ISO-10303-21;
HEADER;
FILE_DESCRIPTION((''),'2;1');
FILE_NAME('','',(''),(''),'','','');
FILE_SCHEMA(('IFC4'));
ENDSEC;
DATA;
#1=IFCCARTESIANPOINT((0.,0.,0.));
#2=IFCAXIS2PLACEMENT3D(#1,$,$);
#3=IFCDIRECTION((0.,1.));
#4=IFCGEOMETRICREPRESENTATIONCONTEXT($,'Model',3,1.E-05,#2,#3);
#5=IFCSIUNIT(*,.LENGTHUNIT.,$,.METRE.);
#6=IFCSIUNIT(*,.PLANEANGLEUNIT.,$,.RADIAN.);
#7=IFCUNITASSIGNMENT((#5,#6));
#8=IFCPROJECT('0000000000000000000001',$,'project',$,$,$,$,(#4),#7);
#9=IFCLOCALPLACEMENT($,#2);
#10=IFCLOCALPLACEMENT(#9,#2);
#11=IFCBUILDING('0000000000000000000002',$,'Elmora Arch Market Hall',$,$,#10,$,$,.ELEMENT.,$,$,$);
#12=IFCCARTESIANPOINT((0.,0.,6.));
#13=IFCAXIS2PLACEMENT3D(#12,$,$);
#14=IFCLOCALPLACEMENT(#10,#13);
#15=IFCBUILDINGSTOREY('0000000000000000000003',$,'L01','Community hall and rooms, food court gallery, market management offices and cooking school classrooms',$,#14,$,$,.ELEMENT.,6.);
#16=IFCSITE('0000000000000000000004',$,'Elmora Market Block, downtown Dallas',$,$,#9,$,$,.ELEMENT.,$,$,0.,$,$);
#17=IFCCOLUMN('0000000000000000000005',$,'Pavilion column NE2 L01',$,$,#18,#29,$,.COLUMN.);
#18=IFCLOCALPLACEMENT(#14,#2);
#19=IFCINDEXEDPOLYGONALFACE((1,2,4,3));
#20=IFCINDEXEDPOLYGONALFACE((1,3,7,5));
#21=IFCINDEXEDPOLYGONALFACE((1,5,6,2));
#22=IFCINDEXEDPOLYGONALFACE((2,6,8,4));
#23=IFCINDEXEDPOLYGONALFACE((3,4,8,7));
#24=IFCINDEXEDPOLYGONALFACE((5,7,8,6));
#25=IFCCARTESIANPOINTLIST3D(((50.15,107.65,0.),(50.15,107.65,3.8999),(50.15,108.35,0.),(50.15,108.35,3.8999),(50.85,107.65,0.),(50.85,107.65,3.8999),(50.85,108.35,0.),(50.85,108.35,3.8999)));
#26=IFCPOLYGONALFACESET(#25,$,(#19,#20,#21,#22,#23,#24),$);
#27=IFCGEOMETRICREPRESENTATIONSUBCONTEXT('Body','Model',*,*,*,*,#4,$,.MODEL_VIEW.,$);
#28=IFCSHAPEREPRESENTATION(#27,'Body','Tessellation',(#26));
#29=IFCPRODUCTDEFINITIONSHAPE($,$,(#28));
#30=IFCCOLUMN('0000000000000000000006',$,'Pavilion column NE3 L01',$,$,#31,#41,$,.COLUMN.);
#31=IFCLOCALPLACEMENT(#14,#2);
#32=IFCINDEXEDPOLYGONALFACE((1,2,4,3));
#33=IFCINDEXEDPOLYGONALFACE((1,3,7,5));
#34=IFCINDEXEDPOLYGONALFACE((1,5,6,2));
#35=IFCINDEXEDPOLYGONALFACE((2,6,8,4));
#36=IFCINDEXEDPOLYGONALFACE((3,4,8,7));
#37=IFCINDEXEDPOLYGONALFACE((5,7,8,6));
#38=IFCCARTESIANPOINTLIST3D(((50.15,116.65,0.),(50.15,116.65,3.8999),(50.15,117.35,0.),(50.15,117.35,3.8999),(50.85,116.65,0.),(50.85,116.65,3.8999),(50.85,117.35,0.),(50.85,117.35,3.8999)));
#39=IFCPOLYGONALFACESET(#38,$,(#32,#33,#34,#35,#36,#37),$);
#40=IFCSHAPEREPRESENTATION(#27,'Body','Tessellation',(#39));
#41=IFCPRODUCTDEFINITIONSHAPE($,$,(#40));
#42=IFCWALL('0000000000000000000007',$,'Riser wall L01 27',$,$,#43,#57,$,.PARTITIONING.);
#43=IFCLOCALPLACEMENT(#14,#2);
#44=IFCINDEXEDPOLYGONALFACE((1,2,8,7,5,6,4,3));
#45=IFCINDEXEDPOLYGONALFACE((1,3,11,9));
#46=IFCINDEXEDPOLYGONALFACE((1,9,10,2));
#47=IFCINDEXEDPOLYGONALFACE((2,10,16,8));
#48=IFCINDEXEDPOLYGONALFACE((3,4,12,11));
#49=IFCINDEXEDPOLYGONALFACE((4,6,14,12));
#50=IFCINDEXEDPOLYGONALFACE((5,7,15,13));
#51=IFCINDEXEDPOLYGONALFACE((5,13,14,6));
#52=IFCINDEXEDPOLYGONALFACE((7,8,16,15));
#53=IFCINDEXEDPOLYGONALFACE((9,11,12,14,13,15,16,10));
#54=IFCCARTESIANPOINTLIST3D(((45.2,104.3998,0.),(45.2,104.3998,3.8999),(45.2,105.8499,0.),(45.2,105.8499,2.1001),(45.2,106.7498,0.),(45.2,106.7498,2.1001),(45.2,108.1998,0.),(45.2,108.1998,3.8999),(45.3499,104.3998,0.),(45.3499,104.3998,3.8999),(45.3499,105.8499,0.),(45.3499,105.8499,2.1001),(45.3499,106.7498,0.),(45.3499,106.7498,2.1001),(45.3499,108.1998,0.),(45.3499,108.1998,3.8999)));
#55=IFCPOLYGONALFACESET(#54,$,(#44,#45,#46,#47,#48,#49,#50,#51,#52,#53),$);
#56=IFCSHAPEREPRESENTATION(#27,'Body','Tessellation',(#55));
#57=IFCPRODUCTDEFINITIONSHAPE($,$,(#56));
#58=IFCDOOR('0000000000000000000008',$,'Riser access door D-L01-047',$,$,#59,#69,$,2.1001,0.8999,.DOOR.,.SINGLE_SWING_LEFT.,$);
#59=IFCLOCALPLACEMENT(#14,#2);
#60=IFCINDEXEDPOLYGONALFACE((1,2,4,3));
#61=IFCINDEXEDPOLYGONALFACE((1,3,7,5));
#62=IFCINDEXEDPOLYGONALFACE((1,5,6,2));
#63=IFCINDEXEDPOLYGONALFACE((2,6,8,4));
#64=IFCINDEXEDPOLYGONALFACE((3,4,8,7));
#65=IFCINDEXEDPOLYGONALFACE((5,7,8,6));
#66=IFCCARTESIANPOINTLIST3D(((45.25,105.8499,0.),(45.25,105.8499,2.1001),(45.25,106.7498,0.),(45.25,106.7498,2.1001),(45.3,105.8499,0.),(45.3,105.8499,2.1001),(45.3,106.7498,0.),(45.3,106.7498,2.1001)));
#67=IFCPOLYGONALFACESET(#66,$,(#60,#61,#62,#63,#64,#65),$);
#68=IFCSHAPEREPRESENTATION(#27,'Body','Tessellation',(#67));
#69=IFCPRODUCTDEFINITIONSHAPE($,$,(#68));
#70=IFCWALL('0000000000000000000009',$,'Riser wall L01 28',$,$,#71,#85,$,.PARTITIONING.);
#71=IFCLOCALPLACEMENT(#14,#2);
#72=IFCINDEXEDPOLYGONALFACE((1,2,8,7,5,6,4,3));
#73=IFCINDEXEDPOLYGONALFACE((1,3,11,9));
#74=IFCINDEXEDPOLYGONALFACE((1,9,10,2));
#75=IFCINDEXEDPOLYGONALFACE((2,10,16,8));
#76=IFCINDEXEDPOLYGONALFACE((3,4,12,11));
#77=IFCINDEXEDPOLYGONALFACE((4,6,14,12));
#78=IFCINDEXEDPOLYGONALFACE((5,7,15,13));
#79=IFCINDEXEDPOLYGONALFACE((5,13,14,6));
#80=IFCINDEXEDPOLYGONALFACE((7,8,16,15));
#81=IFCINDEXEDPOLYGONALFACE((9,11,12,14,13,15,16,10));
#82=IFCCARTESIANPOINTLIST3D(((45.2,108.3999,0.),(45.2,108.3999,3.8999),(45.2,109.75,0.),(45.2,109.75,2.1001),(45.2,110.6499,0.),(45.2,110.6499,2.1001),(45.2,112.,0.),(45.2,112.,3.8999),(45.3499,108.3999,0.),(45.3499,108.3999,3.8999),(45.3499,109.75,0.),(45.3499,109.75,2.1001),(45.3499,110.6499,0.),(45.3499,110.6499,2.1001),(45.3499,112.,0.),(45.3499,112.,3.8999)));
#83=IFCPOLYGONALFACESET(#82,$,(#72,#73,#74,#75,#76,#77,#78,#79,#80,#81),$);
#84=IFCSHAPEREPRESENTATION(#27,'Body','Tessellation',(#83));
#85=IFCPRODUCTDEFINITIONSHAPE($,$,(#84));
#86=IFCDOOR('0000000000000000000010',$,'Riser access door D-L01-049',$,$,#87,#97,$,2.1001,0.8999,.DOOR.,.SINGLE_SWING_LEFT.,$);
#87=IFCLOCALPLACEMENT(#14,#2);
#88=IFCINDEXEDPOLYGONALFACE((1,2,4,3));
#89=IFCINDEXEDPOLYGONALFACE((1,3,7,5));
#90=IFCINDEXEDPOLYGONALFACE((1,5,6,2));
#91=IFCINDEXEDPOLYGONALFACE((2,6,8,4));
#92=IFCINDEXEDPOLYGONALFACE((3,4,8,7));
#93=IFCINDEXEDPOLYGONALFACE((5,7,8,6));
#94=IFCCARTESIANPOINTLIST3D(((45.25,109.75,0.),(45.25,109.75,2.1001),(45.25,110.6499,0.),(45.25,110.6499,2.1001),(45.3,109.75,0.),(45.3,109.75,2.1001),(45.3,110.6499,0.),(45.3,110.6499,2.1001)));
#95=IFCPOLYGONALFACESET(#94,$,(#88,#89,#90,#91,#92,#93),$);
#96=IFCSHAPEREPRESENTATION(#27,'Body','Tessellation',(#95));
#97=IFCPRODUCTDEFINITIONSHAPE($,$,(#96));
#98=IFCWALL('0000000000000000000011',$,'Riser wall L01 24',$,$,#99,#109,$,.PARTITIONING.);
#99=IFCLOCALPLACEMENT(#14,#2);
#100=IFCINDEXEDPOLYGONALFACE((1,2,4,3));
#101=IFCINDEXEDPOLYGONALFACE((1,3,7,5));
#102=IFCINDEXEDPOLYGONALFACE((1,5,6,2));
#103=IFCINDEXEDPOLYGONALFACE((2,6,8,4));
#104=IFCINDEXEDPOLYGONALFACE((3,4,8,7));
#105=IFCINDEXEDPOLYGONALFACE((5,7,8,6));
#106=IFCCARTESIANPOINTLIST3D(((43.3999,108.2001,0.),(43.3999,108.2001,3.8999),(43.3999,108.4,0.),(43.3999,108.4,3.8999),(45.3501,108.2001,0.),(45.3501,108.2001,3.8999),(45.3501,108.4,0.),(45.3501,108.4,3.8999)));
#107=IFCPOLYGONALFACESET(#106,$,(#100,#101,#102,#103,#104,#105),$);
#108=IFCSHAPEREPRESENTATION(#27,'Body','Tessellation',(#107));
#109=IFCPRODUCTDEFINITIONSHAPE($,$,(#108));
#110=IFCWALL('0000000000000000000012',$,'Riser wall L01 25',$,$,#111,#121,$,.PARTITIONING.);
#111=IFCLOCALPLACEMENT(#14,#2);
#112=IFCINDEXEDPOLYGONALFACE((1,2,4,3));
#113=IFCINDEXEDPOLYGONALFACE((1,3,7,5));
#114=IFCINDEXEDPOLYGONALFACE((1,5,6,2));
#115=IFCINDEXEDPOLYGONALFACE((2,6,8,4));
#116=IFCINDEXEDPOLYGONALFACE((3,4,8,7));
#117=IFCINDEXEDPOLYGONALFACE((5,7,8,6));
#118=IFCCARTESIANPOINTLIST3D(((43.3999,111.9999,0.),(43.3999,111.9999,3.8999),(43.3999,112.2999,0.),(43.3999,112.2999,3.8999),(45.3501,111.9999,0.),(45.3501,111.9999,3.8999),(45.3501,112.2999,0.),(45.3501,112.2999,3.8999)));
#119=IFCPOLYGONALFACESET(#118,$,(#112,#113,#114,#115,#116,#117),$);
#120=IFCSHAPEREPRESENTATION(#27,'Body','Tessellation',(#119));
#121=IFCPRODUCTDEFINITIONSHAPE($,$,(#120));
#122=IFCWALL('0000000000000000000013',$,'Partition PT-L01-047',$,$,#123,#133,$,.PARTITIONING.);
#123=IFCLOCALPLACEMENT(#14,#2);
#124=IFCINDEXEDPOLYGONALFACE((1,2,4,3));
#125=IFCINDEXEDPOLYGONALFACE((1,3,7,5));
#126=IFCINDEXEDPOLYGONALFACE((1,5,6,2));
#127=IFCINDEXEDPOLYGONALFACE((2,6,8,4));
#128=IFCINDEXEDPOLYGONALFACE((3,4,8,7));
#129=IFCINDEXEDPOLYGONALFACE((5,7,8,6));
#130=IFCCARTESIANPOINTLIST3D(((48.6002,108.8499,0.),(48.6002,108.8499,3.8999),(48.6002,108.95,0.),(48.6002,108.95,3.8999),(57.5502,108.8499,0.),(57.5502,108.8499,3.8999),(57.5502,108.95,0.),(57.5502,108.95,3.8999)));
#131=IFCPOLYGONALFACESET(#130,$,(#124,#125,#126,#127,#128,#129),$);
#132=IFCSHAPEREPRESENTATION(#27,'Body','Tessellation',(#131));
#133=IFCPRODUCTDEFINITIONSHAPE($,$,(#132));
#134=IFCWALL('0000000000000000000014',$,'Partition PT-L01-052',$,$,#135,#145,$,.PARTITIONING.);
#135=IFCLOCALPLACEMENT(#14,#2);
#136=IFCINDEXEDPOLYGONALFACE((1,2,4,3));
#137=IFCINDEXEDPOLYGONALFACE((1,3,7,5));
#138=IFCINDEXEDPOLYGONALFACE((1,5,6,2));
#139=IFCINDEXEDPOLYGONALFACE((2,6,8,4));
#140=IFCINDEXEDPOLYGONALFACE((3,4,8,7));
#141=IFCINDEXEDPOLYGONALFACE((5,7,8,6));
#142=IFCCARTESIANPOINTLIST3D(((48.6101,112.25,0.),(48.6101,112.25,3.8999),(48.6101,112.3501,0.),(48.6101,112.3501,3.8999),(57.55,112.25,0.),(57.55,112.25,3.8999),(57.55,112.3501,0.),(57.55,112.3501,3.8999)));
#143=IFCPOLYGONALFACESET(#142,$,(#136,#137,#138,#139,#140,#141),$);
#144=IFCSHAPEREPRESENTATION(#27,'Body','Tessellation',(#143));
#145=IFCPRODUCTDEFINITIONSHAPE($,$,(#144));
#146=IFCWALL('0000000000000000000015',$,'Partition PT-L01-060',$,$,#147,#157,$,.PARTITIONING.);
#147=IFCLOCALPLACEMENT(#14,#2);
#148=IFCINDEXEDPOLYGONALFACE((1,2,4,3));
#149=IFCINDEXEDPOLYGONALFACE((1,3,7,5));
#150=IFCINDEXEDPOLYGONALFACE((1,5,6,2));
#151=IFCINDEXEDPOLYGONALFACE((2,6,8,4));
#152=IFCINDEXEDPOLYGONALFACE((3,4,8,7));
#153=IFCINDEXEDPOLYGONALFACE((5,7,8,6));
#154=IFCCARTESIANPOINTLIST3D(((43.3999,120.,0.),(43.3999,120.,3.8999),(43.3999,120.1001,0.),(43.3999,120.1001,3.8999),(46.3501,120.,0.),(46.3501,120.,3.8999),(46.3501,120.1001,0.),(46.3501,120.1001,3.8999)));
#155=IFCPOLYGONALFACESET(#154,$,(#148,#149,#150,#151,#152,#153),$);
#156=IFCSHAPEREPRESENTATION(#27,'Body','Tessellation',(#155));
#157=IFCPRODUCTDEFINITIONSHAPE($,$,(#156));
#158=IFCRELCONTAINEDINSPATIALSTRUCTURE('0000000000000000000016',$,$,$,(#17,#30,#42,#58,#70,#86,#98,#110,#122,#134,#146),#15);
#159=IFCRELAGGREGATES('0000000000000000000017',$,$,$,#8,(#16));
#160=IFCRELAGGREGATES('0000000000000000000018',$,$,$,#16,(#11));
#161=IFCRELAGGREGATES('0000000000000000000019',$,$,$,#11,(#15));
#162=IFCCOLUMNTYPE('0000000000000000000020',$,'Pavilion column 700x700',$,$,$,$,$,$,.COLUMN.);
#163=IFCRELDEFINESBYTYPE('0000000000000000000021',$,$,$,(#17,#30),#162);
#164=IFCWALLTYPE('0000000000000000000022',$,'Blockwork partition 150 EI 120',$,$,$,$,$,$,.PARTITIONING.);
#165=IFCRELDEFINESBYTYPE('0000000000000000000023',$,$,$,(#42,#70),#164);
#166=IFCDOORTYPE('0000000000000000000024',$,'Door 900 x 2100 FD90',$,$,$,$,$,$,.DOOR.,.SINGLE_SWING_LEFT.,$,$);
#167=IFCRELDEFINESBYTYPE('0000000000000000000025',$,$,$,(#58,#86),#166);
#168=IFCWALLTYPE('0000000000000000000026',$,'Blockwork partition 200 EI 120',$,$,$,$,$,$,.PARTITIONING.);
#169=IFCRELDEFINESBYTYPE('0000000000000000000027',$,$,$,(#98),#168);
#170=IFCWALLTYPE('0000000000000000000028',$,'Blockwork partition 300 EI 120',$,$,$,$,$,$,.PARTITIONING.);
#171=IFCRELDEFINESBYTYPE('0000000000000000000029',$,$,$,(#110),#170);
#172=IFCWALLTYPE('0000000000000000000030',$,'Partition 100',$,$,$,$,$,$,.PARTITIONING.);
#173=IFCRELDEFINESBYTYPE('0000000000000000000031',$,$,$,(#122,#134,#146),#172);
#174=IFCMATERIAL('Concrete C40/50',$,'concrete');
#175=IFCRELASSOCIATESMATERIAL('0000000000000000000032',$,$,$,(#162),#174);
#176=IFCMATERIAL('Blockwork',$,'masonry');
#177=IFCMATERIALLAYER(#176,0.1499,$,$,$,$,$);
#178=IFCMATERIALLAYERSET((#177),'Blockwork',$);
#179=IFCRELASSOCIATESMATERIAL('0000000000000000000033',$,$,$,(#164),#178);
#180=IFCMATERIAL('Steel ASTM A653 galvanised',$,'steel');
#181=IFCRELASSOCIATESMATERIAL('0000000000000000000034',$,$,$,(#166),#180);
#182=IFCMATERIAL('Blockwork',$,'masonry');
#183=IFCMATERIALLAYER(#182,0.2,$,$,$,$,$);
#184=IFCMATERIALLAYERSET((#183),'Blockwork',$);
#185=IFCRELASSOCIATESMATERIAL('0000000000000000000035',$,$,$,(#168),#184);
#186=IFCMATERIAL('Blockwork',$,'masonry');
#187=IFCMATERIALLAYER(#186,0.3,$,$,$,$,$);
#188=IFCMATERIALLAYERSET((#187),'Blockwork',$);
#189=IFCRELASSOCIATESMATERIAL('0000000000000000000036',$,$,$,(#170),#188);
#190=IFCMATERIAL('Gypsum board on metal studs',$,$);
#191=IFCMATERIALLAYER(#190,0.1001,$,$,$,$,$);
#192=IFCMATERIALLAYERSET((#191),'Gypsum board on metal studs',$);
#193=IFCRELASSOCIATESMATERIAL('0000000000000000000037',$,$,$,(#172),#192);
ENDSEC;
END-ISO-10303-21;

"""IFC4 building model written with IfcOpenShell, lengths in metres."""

from ifc_helpers import new_model, si_unit, direction, frame, frame_2d, origin, origin_2d, place, context, subcontext, project, spatial, rectangle, extrude, material, layer, layer_set, material_profile, profile_set, type_object, element, fill, save


model = new_model("IFC4")

# Units and contexts
model_context = context("Model", 3, precision=1e-05, world=origin(), true_north=direction((0.0, 1.0)))
body_context = subcontext(model_context, "Body", "Model", "MODEL_VIEW")
ifc_project = project(units=[si_unit("LENGTHUNIT", "METRE"), si_unit("PLANEANGLEUNIT", "RADIAN")], contexts=[model_context])

# Site, building, storey
site_placement = place(None, origin())
site = spatial("IfcSite", under=ifc_project, at=site_placement, Name="Elmora Market Block, downtown Dallas", CompositionType="ELEMENT", RefElevation=0.0)
building_placement = place(site_placement, origin())
building = spatial("IfcBuilding", under=site, at=building_placement, Name="Elmora Arch Market Hall", CompositionType="ELEMENT")
storey_placement = place(building_placement, frame((0.0, 0.0, 6.0)))
storey = spatial("IfcBuildingStorey", under=building, at=storey_placement, Name="L01", Description="Community hall and rooms, food court gallery, market management offices and cooking school classrooms", CompositionType="ELEMENT", Elevation=6.0)

# Columns
ifc_material_1 = material(Name="Concrete C40/50", Category="concrete")
ifc_material_profile = material_profile(ifc_material_1, rectangle(XDim=0.7, YDim=0.7, at=origin_2d()), Name="Pavilion column 700x700")
ifc_profile_set = profile_set([ifc_material_profile], Name="Concrete C40/50")
column_type = type_object("IfcColumnType", Name="Pavilion column 700x700", PredefinedType="COLUMN", material=ifc_profile_set)
for number, where, z_axis, x_axis, name in (
    (1, (50.5, 108.0, 0.0), (0.0, 0.0, 1.0), (1.0, 0.0, 0.0), "Pavilion column NE2 L01"),
    (2, (50.5, 117.0, 0.0), (0.0, 0.0, 1.0), (1.0, 0.0, 0.0), "Pavilion column NE3 L01"),
):
    element("IfcColumn", number, at=place(storey_placement, frame(where, z_axis=z_axis, x_axis=x_axis)), inside=storey, type_object=column_type, Name=name, PredefinedType="COLUMN", context=body_context, shape_type="SweptSolid", body=[
        extrude(rectangle(XDim=0.7, YDim=0.7, at=origin_2d()), origin(), (0.0, 0.0, 1.0), 3.8999),
    ])

# Walls, openings, doors
ifc_material_2 = material(Name="Blockwork", Category="masonry")
ifc_layer_1 = layer(ifc_material_2, 0.1499)
ifc_layer_set_1 = layer_set([ifc_layer_1], Name="Blockwork")
wall_type_1 = type_object("IfcWallType", Name="Blockwork partition 150 EI 120", PredefinedType="PARTITIONING", material=ifc_layer_set_1)
wall_1_placement = place(storey_placement, frame((45.2749, 104.3999, 0.0), z_axis=(0.0, 0.0, 1.0), x_axis=(0.0, 1.0, 0.0)))
wall_1 = element("IfcWall", 3, at=wall_1_placement, inside=storey, type_object=wall_type_1, Name="Riser wall L01 27", PredefinedType="PARTITIONING", context=body_context, shape_type="SweptSolid", body=[
    extrude(rectangle(XDim=3.8, YDim=0.1499, at=frame_2d((1.8999, 0.0))), origin(), (0.0, 0.0, 1.0), 3.8999),
])
opening_1_placement = place(wall_1_placement, frame((1.45, 0.0, 0.0)))
opening_1 = element("IfcOpeningElement", 4, at=opening_1_placement, cuts=wall_1, PredefinedType="OPENING", context=body_context, shape_type="SweptSolid", body=[
    extrude(rectangle(XDim=0.8999, YDim=2.1001, at=frame_2d((0.45, 1.05))), frame((0.0, 0.085, 0.0), z_axis=(0.0, -1.0, 0.0), x_axis=(1.0, 0.0, 0.0)), (0.0, 0.0, 1.0), 0.1699),
])
ifc_material_3 = material(Name="Steel ASTM A653 galvanised", Category="steel")
door_type_1 = type_object("IfcDoorType", Name="Door 900 x 2100 FD90", OperationType="SINGLE_SWING_LEFT", PredefinedType="DOOR", material=ifc_material_3)
door_1_placement = place(opening_1_placement, origin())
door_1 = element("IfcDoor", 5, at=door_1_placement, inside=storey, type_object=door_type_1, Name="Riser access door D-L01-047", OperationType="SINGLE_SWING_LEFT", OverallHeight=2.1001, OverallWidth=0.8999, PredefinedType="DOOR", context=body_context, shape_type="SweptSolid", body=[
    extrude(rectangle(XDim=0.8999, YDim=2.1001, at=frame_2d((0.45, 1.05))), frame((0.0, 0.0249, 0.0), z_axis=(0.0, -1.0, 0.0), x_axis=(1.0, 0.0, 0.0)), (0.0, 0.0, 1.0), 0.05),
])
fill(opening_1, door_1)
wall_2_placement = place(storey_placement, frame((45.2749, 108.3999, 0.0), z_axis=(0.0, 0.0, 1.0), x_axis=(0.0, 1.0, 0.0)))
wall_2 = element("IfcWall", 6, at=wall_2_placement, inside=storey, type_object=wall_type_1, Name="Riser wall L01 28", PredefinedType="PARTITIONING", context=body_context, shape_type="SweptSolid", body=[
    extrude(rectangle(XDim=3.6001, YDim=0.1499, at=frame_2d((1.8, 0.0))), origin(), (0.0, 0.0, 1.0), 3.8999),
])
opening_2_placement = place(wall_2_placement, frame((1.3501, 0.0, 0.0)))
opening_2 = element("IfcOpeningElement", 7, at=opening_2_placement, cuts=wall_2, PredefinedType="OPENING", context=body_context, shape_type="SweptSolid", body=[
    extrude(rectangle(XDim=0.8999, YDim=2.1001, at=frame_2d((0.45, 1.05))), frame((0.0, 0.085, 0.0), z_axis=(0.0, -1.0, 0.0), x_axis=(1.0, 0.0, 0.0)), (0.0, 0.0, 1.0), 0.1699),
])
door_2_placement = place(opening_2_placement, origin())
door_2 = element("IfcDoor", 8, at=door_2_placement, inside=storey, type_object=door_type_1, Name="Riser access door D-L01-049", OperationType="SINGLE_SWING_LEFT", OverallHeight=2.1001, OverallWidth=0.8999, PredefinedType="DOOR", context=body_context, shape_type="SweptSolid", body=[
    extrude(rectangle(XDim=0.8999, YDim=2.1001, at=frame_2d((0.45, 1.05))), frame((0.0, 0.0249, 0.0), z_axis=(0.0, -1.0, 0.0), x_axis=(1.0, 0.0, 0.0)), (0.0, 0.0, 1.0), 0.05),
])
fill(opening_2, door_2)

# Walls
ifc_material_4 = material(Name="Blockwork", Category="masonry")
ifc_layer_2 = layer(ifc_material_4, 0.2)
ifc_layer_set_2 = layer_set([ifc_layer_2], Name="Blockwork")
wall_type_2 = type_object("IfcWallType", Name="Blockwork partition 200 EI 120", PredefinedType="PARTITIONING", material=ifc_layer_set_2)
wall_3_placement = place(storey_placement, frame((43.3999, 108.3, 0.0), z_axis=(0.0, 0.0, 1.0), x_axis=(1.0, 0.0, 0.0)))
element("IfcWall", 9, at=wall_3_placement, inside=storey, type_object=wall_type_2, Name="Riser wall L01 24", PredefinedType="PARTITIONING", context=body_context, shape_type="SweptSolid", body=[
    extrude(rectangle(XDim=1.9502, YDim=0.2, at=frame_2d((0.9751, 0.0))), origin(), (0.0, 0.0, 1.0), 3.8999),
])
ifc_material_5 = material(Name="Blockwork", Category="masonry")
ifc_layer_3 = layer(ifc_material_5, 0.3)
ifc_layer_set_3 = layer_set([ifc_layer_3], Name="Blockwork")
wall_type_3 = type_object("IfcWallType", Name="Blockwork partition 300 EI 120", PredefinedType="PARTITIONING", material=ifc_layer_set_3)
wall_4_placement = place(storey_placement, frame((43.3999, 112.1499, 0.0), z_axis=(0.0, 0.0, 1.0), x_axis=(1.0, 0.0, 0.0)))
element("IfcWall", 10, at=wall_4_placement, inside=storey, type_object=wall_type_3, Name="Riser wall L01 25", PredefinedType="PARTITIONING", context=body_context, shape_type="SweptSolid", body=[
    extrude(rectangle(XDim=1.9502, YDim=0.3, at=frame_2d((0.9751, 0.0))), origin(), (0.0, 0.0, 1.0), 3.8999),
])
ifc_material_6 = material(Name="Gypsum board on metal studs")
ifc_layer_4 = layer(ifc_material_6, 0.1001)
ifc_layer_set_4 = layer_set([ifc_layer_4], Name="Gypsum board on metal studs")
wall_type_4 = type_object("IfcWallType", Name="Partition 100", PredefinedType="PARTITIONING", material=ifc_layer_set_4)
wall_5_placement = place(storey_placement, frame((48.6001, 108.8999, 0.0), z_axis=(0.0, 0.0, 1.0), x_axis=(1.0, 0.0, 0.0)))
element("IfcWall", 11, at=wall_5_placement, inside=storey, type_object=wall_type_4, Name="Partition PT-L01-047", PredefinedType="PARTITIONING", context=body_context, shape_type="SweptSolid", body=[
    extrude(rectangle(XDim=8.95, YDim=0.1001, at=frame_2d((4.4751, 0.0))), origin(), (0.0, 0.0, 1.0), 3.8999),
])
wall_6_placement = place(storey_placement, frame((48.6101, 112.3, 0.0), z_axis=(0.0, 0.0, 1.0), x_axis=(1.0, 0.0, 0.0)))
element("IfcWall", 12, at=wall_6_placement, inside=storey, type_object=wall_type_4, Name="Partition PT-L01-052", PredefinedType="PARTITIONING", context=body_context, shape_type="SweptSolid", body=[
    extrude(rectangle(XDim=8.9399, YDim=0.1001, at=frame_2d((4.47, 0.0))), origin(), (0.0, 0.0, 1.0), 3.8999),
])
wall_7_placement = place(storey_placement, frame((43.3999, 120.05, 0.0), z_axis=(0.0, 0.0, 1.0), x_axis=(1.0, 0.0, 0.0)))
element("IfcWall", 13, at=wall_7_placement, inside=storey, type_object=wall_type_4, Name="Partition PT-L01-060", PredefinedType="PARTITIONING", context=body_context, shape_type="SweptSolid", body=[
    extrude(rectangle(XDim=2.9502, YDim=0.1001, at=frame_2d((1.4751, 0.0))), origin(), (0.0, 0.0, 1.0), 3.8999),
])

save(model, "model.ifc")
